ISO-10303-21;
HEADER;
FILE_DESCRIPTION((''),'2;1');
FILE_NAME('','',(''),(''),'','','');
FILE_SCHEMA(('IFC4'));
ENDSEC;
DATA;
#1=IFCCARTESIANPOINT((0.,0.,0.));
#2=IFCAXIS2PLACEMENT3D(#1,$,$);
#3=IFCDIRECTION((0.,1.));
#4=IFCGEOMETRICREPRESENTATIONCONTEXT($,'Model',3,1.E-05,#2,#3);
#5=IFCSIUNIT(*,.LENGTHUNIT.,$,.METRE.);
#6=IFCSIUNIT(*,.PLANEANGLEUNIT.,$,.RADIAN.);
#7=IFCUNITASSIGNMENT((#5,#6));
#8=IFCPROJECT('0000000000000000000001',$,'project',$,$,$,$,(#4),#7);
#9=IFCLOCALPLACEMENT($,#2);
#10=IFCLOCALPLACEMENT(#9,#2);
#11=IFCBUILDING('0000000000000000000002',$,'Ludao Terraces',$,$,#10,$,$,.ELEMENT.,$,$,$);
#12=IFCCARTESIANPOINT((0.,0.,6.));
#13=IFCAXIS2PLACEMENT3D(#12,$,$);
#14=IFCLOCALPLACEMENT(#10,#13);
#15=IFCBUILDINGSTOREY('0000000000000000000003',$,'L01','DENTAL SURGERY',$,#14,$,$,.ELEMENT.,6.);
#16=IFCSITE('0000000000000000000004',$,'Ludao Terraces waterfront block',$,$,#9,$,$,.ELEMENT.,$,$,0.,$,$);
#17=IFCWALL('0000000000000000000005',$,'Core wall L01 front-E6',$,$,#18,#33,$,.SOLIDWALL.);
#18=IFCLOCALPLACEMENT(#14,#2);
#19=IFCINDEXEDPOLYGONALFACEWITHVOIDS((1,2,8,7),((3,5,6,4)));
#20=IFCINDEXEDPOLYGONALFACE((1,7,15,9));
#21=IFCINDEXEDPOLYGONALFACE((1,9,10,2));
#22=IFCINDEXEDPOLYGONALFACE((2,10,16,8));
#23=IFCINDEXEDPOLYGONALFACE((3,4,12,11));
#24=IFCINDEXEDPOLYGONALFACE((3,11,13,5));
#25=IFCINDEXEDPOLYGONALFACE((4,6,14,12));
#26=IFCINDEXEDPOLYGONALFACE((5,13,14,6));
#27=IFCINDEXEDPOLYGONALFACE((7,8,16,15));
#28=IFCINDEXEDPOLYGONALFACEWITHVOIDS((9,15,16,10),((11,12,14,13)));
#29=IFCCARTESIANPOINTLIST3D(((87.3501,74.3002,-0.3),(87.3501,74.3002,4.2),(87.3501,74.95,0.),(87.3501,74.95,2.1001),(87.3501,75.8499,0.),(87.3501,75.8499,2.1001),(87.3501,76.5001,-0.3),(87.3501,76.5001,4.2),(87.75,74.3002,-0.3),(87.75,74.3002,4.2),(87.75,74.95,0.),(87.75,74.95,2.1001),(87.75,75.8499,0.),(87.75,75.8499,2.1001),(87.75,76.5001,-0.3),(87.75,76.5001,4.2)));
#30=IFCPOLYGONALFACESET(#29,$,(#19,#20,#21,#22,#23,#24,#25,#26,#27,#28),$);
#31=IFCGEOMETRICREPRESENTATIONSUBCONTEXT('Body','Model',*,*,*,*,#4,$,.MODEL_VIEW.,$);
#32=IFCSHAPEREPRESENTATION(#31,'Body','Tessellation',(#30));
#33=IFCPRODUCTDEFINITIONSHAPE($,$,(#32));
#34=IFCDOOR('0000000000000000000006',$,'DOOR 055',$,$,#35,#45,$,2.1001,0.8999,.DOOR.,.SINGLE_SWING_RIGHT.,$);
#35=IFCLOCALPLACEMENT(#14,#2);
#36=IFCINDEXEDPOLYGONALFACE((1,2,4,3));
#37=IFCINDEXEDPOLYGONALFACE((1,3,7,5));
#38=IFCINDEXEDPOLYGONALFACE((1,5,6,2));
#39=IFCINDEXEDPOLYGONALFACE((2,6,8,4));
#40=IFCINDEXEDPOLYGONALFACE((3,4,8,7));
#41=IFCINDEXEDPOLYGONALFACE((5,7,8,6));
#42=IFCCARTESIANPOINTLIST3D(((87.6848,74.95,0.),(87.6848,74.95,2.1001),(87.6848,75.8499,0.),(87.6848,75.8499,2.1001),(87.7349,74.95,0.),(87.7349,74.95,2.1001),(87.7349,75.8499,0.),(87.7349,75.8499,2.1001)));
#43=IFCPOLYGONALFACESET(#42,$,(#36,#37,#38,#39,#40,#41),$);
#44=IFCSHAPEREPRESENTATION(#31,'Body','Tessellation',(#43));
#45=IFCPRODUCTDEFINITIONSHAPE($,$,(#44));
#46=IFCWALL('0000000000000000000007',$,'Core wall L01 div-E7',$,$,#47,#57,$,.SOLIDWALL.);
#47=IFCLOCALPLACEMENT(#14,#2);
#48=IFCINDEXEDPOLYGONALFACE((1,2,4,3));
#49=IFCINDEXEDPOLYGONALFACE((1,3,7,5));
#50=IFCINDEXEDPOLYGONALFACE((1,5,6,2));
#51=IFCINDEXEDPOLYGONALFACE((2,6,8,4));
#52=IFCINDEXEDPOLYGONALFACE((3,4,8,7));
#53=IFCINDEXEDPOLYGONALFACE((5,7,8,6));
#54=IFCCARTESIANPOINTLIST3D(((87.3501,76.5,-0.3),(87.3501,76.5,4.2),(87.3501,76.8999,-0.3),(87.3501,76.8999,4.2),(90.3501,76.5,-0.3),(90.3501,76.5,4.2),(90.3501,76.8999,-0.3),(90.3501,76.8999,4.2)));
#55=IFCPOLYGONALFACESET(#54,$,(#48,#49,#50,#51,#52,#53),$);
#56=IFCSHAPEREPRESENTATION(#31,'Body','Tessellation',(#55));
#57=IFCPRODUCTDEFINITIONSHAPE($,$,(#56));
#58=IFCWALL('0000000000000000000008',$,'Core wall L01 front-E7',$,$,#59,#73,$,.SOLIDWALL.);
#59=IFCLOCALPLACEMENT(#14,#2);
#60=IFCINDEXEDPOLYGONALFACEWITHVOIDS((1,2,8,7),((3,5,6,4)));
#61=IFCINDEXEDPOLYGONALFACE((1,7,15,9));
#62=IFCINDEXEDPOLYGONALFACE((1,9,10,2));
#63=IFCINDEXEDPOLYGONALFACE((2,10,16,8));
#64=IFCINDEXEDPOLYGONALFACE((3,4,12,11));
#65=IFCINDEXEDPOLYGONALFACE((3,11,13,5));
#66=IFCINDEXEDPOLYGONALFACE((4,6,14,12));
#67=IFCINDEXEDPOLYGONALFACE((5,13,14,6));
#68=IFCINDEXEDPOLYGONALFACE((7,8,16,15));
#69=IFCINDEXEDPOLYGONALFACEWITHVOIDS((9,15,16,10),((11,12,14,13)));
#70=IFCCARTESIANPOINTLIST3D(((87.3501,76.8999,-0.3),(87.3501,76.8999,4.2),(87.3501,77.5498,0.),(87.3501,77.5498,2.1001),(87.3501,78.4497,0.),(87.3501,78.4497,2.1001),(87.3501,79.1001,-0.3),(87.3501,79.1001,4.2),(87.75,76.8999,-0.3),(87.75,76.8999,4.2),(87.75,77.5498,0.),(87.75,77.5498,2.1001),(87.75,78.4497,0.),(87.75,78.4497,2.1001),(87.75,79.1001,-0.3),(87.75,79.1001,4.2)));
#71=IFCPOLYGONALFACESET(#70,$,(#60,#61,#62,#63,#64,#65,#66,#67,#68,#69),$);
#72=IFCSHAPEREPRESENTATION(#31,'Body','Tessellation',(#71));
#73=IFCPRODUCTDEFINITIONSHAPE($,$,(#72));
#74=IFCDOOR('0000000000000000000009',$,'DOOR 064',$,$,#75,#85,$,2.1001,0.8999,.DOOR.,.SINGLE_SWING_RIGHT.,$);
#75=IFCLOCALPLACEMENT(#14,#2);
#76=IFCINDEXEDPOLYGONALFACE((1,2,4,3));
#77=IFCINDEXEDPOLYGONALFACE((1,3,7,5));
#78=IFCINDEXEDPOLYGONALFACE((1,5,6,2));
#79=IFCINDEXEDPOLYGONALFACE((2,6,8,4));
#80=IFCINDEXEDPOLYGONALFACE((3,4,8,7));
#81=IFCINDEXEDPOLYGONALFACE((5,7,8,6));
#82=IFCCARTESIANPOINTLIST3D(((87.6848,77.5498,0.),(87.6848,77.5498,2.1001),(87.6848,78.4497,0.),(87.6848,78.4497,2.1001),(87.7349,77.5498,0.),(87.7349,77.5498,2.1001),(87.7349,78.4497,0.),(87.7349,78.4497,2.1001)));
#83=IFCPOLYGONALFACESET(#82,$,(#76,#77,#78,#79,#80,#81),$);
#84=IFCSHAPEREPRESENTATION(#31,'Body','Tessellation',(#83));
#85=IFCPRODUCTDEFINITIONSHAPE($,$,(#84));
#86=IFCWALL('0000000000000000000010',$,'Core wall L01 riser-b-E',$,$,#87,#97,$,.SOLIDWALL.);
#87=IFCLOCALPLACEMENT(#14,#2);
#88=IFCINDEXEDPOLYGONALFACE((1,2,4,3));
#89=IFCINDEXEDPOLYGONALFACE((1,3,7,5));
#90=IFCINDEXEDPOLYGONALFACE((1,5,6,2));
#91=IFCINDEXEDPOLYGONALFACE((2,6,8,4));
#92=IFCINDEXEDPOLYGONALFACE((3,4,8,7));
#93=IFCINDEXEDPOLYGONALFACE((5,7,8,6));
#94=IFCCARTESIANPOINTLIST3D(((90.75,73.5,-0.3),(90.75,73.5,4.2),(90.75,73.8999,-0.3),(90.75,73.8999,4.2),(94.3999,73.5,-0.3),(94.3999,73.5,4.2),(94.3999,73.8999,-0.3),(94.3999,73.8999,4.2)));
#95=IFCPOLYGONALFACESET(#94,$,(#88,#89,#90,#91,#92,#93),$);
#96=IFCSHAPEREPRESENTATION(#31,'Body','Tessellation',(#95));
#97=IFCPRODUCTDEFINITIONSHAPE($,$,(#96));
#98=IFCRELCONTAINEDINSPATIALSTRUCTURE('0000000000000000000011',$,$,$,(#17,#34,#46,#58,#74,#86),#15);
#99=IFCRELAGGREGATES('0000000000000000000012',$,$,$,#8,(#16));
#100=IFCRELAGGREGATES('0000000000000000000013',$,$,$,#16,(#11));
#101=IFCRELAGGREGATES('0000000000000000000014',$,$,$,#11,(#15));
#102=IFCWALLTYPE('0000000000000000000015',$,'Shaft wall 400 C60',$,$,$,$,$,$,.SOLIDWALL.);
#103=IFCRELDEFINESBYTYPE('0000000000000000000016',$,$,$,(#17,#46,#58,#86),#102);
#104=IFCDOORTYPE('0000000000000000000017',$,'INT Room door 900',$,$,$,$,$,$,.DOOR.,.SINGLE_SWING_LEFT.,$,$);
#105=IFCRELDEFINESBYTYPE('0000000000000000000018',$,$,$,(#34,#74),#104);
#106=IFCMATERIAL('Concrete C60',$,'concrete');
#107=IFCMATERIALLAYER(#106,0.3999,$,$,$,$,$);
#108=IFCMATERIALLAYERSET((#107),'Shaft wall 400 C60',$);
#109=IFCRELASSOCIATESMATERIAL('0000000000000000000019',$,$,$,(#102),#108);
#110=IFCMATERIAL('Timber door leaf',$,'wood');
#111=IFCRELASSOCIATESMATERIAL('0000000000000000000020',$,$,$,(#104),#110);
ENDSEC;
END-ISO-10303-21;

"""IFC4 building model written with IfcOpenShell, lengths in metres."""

from ifc_helpers import new_model, si_unit, direction, frame, frame_2d, origin, place, context, subcontext, project, spatial, rectangle, extrude, material, layer, layer_set, type_object, element, fill, save


model = new_model("IFC4")

# Units and contexts
model_context = context("Model", 3, precision=1e-05, world=origin(), true_north=direction((0.0, 1.0)))
body_context = subcontext(model_context, "Body", "Model", "MODEL_VIEW")
ifc_project = project(units=[si_unit("LENGTHUNIT", "METRE"), si_unit("PLANEANGLEUNIT", "RADIAN")], contexts=[model_context])

# Site, building, storey
site_placement = place(None, origin())
site = spatial("IfcSite", under=ifc_project, at=site_placement, Name="Ludao Terraces waterfront block", CompositionType="ELEMENT", RefElevation=0.0)
building_placement = place(site_placement, origin())
building = spatial("IfcBuilding", under=site, at=building_placement, Name="Ludao Terraces", CompositionType="ELEMENT")
storey_placement = place(building_placement, frame((0.0, 0.0, 6.0)))
storey = spatial("IfcBuildingStorey", under=building, at=storey_placement, Name="L01", Description="DENTAL SURGERY", CompositionType="ELEMENT", Elevation=6.0)

# Shared definitions
ifc_material_1 = material(Name="Concrete C60", Category="concrete")
ifc_layer_1 = layer(ifc_material_1, 0.3999)
ifc_layer_set_1 = layer_set([ifc_layer_1], Name="Shaft wall 400 C60")
wall_type_1 = type_object("IfcWallType", Name="Shaft wall 400 C60", PredefinedType="SOLIDWALL", material=ifc_layer_set_1)

# Wall, opening, door
wall_1_placement = place(storey_placement, frame((87.55, 74.3, -0.3), z_axis=(0.0, 0.0, 1.0), x_axis=(0.0, 1.0, 0.0)))
wall_1 = element("IfcWall", 1, at=wall_1_placement, inside=storey, type_object=wall_type_1, Name="Core wall L01 front-E6", PredefinedType="SOLIDWALL", context=body_context, shape_type="SweptSolid", body=[
    extrude(rectangle(XDim=2.2, YDim=0.3999, at=frame_2d((1.1001, 0.0))), origin(), (0.0, 0.0, 1.0), 4.5),
])
opening_1_placement = place(wall_1_placement, frame((0.6499, 0.0, 0.3)))
opening_1 = element("IfcOpeningElement", 2, at=opening_1_placement, cuts=wall_1, PredefinedType="OPENING", context=body_context, shape_type="SweptSolid", body=[
    extrude(rectangle(XDim=0.8999, YDim=2.1001, at=frame_2d((0.45, 1.05))), frame((0.0, 0.21, 0.0), z_axis=(0.0, -1.0, 0.0), x_axis=(1.0, 0.0, 0.0)), (0.0, 0.0, 1.0), 0.4199),
])
ifc_material_2 = material(Name="Timber door leaf", Category="wood")
door_type_1 = type_object("IfcDoorType", Name="INT Room door 900", OperationType="SINGLE_SWING_LEFT", PredefinedType="DOOR", material=ifc_material_2)
door_1_placement = place(opening_1_placement, origin())
door_1 = element("IfcDoor", 3, at=door_1_placement, inside=storey, type_object=door_type_1, Name="DOOR 055", OperationType="SINGLE_SWING_RIGHT", OverallHeight=2.1001, OverallWidth=0.8999, PredefinedType="DOOR", context=body_context, shape_type="SweptSolid", body=[
    extrude(rectangle(XDim=0.8999, YDim=2.1001, at=frame_2d((0.45, 1.05))), frame((0.0, -0.1348, 0.0), z_axis=(0.0, -1.0, 0.0), x_axis=(1.0, 0.0, 0.0)), (0.0, 0.0, 1.0), 0.05),
])
fill(opening_1, door_1)

# Wall
wall_2_placement = place(storey_placement, frame((87.3501, 76.7, -0.3), z_axis=(0.0, 0.0, 1.0), x_axis=(1.0, 0.0, 0.0)))
element("IfcWall", 4, at=wall_2_placement, inside=storey, type_object=wall_type_1, Name="Core wall L01 div-E7", PredefinedType="SOLIDWALL", context=body_context, shape_type="SweptSolid", body=[
    extrude(rectangle(XDim=3.0, YDim=0.3999, at=frame_2d((1.5, 0.0))), origin(), (0.0, 0.0, 1.0), 4.5),
])

# Wall, opening, door
wall_3_placement = place(storey_placement, frame((87.55, 76.8999, -0.3), z_axis=(0.0, 0.0, 1.0), x_axis=(0.0, 1.0, 0.0)))
wall_3 = element("IfcWall", 5, at=wall_3_placement, inside=storey, type_object=wall_type_1, Name="Core wall L01 front-E7", PredefinedType="SOLIDWALL", context=body_context, shape_type="SweptSolid", body=[
    extrude(rectangle(XDim=2.2002, YDim=0.3999, at=frame_2d((1.1001, 0.0))), origin(), (0.0, 0.0, 1.0), 4.5),
])
opening_2_placement = place(wall_3_placement, frame((0.6499, 0.0, 0.3)))
opening_2 = element("IfcOpeningElement", 6, at=opening_2_placement, cuts=wall_3, PredefinedType="OPENING", context=body_context, shape_type="SweptSolid", body=[
    extrude(rectangle(XDim=0.8999, YDim=2.1001, at=frame_2d((0.45, 1.05))), frame((0.0, 0.21, 0.0), z_axis=(0.0, -1.0, 0.0), x_axis=(1.0, 0.0, 0.0)), (0.0, 0.0, 1.0), 0.4199),
])
door_2_placement = place(opening_2_placement, origin())
door_2 = element("IfcDoor", 7, at=door_2_placement, inside=storey, type_object=door_type_1, Name="DOOR 064", OperationType="SINGLE_SWING_RIGHT", OverallHeight=2.1001, OverallWidth=0.8999, PredefinedType="DOOR", context=body_context, shape_type="SweptSolid", body=[
    extrude(rectangle(XDim=0.8999, YDim=2.1001, at=frame_2d((0.45, 1.05))), frame((0.0, -0.1348, 0.0), z_axis=(0.0, -1.0, 0.0), x_axis=(1.0, 0.0, 0.0)), (0.0, 0.0, 1.0), 0.05),
])
fill(opening_2, door_2)

# Wall
wall_4_placement = place(storey_placement, frame((90.75, 73.7, -0.3), z_axis=(0.0, 0.0, 1.0), x_axis=(1.0, 0.0, 0.0)))
element("IfcWall", 8, at=wall_4_placement, inside=storey, type_object=wall_type_1, Name="Core wall L01 riser-b-E", PredefinedType="SOLIDWALL", context=body_context, shape_type="SweptSolid", body=[
    extrude(rectangle(XDim=3.6499, YDim=0.3999, at=frame_2d((1.825, 0.0))), origin(), (0.0, 0.0, 1.0), 4.5),
])

save(model, "model.ifc")
